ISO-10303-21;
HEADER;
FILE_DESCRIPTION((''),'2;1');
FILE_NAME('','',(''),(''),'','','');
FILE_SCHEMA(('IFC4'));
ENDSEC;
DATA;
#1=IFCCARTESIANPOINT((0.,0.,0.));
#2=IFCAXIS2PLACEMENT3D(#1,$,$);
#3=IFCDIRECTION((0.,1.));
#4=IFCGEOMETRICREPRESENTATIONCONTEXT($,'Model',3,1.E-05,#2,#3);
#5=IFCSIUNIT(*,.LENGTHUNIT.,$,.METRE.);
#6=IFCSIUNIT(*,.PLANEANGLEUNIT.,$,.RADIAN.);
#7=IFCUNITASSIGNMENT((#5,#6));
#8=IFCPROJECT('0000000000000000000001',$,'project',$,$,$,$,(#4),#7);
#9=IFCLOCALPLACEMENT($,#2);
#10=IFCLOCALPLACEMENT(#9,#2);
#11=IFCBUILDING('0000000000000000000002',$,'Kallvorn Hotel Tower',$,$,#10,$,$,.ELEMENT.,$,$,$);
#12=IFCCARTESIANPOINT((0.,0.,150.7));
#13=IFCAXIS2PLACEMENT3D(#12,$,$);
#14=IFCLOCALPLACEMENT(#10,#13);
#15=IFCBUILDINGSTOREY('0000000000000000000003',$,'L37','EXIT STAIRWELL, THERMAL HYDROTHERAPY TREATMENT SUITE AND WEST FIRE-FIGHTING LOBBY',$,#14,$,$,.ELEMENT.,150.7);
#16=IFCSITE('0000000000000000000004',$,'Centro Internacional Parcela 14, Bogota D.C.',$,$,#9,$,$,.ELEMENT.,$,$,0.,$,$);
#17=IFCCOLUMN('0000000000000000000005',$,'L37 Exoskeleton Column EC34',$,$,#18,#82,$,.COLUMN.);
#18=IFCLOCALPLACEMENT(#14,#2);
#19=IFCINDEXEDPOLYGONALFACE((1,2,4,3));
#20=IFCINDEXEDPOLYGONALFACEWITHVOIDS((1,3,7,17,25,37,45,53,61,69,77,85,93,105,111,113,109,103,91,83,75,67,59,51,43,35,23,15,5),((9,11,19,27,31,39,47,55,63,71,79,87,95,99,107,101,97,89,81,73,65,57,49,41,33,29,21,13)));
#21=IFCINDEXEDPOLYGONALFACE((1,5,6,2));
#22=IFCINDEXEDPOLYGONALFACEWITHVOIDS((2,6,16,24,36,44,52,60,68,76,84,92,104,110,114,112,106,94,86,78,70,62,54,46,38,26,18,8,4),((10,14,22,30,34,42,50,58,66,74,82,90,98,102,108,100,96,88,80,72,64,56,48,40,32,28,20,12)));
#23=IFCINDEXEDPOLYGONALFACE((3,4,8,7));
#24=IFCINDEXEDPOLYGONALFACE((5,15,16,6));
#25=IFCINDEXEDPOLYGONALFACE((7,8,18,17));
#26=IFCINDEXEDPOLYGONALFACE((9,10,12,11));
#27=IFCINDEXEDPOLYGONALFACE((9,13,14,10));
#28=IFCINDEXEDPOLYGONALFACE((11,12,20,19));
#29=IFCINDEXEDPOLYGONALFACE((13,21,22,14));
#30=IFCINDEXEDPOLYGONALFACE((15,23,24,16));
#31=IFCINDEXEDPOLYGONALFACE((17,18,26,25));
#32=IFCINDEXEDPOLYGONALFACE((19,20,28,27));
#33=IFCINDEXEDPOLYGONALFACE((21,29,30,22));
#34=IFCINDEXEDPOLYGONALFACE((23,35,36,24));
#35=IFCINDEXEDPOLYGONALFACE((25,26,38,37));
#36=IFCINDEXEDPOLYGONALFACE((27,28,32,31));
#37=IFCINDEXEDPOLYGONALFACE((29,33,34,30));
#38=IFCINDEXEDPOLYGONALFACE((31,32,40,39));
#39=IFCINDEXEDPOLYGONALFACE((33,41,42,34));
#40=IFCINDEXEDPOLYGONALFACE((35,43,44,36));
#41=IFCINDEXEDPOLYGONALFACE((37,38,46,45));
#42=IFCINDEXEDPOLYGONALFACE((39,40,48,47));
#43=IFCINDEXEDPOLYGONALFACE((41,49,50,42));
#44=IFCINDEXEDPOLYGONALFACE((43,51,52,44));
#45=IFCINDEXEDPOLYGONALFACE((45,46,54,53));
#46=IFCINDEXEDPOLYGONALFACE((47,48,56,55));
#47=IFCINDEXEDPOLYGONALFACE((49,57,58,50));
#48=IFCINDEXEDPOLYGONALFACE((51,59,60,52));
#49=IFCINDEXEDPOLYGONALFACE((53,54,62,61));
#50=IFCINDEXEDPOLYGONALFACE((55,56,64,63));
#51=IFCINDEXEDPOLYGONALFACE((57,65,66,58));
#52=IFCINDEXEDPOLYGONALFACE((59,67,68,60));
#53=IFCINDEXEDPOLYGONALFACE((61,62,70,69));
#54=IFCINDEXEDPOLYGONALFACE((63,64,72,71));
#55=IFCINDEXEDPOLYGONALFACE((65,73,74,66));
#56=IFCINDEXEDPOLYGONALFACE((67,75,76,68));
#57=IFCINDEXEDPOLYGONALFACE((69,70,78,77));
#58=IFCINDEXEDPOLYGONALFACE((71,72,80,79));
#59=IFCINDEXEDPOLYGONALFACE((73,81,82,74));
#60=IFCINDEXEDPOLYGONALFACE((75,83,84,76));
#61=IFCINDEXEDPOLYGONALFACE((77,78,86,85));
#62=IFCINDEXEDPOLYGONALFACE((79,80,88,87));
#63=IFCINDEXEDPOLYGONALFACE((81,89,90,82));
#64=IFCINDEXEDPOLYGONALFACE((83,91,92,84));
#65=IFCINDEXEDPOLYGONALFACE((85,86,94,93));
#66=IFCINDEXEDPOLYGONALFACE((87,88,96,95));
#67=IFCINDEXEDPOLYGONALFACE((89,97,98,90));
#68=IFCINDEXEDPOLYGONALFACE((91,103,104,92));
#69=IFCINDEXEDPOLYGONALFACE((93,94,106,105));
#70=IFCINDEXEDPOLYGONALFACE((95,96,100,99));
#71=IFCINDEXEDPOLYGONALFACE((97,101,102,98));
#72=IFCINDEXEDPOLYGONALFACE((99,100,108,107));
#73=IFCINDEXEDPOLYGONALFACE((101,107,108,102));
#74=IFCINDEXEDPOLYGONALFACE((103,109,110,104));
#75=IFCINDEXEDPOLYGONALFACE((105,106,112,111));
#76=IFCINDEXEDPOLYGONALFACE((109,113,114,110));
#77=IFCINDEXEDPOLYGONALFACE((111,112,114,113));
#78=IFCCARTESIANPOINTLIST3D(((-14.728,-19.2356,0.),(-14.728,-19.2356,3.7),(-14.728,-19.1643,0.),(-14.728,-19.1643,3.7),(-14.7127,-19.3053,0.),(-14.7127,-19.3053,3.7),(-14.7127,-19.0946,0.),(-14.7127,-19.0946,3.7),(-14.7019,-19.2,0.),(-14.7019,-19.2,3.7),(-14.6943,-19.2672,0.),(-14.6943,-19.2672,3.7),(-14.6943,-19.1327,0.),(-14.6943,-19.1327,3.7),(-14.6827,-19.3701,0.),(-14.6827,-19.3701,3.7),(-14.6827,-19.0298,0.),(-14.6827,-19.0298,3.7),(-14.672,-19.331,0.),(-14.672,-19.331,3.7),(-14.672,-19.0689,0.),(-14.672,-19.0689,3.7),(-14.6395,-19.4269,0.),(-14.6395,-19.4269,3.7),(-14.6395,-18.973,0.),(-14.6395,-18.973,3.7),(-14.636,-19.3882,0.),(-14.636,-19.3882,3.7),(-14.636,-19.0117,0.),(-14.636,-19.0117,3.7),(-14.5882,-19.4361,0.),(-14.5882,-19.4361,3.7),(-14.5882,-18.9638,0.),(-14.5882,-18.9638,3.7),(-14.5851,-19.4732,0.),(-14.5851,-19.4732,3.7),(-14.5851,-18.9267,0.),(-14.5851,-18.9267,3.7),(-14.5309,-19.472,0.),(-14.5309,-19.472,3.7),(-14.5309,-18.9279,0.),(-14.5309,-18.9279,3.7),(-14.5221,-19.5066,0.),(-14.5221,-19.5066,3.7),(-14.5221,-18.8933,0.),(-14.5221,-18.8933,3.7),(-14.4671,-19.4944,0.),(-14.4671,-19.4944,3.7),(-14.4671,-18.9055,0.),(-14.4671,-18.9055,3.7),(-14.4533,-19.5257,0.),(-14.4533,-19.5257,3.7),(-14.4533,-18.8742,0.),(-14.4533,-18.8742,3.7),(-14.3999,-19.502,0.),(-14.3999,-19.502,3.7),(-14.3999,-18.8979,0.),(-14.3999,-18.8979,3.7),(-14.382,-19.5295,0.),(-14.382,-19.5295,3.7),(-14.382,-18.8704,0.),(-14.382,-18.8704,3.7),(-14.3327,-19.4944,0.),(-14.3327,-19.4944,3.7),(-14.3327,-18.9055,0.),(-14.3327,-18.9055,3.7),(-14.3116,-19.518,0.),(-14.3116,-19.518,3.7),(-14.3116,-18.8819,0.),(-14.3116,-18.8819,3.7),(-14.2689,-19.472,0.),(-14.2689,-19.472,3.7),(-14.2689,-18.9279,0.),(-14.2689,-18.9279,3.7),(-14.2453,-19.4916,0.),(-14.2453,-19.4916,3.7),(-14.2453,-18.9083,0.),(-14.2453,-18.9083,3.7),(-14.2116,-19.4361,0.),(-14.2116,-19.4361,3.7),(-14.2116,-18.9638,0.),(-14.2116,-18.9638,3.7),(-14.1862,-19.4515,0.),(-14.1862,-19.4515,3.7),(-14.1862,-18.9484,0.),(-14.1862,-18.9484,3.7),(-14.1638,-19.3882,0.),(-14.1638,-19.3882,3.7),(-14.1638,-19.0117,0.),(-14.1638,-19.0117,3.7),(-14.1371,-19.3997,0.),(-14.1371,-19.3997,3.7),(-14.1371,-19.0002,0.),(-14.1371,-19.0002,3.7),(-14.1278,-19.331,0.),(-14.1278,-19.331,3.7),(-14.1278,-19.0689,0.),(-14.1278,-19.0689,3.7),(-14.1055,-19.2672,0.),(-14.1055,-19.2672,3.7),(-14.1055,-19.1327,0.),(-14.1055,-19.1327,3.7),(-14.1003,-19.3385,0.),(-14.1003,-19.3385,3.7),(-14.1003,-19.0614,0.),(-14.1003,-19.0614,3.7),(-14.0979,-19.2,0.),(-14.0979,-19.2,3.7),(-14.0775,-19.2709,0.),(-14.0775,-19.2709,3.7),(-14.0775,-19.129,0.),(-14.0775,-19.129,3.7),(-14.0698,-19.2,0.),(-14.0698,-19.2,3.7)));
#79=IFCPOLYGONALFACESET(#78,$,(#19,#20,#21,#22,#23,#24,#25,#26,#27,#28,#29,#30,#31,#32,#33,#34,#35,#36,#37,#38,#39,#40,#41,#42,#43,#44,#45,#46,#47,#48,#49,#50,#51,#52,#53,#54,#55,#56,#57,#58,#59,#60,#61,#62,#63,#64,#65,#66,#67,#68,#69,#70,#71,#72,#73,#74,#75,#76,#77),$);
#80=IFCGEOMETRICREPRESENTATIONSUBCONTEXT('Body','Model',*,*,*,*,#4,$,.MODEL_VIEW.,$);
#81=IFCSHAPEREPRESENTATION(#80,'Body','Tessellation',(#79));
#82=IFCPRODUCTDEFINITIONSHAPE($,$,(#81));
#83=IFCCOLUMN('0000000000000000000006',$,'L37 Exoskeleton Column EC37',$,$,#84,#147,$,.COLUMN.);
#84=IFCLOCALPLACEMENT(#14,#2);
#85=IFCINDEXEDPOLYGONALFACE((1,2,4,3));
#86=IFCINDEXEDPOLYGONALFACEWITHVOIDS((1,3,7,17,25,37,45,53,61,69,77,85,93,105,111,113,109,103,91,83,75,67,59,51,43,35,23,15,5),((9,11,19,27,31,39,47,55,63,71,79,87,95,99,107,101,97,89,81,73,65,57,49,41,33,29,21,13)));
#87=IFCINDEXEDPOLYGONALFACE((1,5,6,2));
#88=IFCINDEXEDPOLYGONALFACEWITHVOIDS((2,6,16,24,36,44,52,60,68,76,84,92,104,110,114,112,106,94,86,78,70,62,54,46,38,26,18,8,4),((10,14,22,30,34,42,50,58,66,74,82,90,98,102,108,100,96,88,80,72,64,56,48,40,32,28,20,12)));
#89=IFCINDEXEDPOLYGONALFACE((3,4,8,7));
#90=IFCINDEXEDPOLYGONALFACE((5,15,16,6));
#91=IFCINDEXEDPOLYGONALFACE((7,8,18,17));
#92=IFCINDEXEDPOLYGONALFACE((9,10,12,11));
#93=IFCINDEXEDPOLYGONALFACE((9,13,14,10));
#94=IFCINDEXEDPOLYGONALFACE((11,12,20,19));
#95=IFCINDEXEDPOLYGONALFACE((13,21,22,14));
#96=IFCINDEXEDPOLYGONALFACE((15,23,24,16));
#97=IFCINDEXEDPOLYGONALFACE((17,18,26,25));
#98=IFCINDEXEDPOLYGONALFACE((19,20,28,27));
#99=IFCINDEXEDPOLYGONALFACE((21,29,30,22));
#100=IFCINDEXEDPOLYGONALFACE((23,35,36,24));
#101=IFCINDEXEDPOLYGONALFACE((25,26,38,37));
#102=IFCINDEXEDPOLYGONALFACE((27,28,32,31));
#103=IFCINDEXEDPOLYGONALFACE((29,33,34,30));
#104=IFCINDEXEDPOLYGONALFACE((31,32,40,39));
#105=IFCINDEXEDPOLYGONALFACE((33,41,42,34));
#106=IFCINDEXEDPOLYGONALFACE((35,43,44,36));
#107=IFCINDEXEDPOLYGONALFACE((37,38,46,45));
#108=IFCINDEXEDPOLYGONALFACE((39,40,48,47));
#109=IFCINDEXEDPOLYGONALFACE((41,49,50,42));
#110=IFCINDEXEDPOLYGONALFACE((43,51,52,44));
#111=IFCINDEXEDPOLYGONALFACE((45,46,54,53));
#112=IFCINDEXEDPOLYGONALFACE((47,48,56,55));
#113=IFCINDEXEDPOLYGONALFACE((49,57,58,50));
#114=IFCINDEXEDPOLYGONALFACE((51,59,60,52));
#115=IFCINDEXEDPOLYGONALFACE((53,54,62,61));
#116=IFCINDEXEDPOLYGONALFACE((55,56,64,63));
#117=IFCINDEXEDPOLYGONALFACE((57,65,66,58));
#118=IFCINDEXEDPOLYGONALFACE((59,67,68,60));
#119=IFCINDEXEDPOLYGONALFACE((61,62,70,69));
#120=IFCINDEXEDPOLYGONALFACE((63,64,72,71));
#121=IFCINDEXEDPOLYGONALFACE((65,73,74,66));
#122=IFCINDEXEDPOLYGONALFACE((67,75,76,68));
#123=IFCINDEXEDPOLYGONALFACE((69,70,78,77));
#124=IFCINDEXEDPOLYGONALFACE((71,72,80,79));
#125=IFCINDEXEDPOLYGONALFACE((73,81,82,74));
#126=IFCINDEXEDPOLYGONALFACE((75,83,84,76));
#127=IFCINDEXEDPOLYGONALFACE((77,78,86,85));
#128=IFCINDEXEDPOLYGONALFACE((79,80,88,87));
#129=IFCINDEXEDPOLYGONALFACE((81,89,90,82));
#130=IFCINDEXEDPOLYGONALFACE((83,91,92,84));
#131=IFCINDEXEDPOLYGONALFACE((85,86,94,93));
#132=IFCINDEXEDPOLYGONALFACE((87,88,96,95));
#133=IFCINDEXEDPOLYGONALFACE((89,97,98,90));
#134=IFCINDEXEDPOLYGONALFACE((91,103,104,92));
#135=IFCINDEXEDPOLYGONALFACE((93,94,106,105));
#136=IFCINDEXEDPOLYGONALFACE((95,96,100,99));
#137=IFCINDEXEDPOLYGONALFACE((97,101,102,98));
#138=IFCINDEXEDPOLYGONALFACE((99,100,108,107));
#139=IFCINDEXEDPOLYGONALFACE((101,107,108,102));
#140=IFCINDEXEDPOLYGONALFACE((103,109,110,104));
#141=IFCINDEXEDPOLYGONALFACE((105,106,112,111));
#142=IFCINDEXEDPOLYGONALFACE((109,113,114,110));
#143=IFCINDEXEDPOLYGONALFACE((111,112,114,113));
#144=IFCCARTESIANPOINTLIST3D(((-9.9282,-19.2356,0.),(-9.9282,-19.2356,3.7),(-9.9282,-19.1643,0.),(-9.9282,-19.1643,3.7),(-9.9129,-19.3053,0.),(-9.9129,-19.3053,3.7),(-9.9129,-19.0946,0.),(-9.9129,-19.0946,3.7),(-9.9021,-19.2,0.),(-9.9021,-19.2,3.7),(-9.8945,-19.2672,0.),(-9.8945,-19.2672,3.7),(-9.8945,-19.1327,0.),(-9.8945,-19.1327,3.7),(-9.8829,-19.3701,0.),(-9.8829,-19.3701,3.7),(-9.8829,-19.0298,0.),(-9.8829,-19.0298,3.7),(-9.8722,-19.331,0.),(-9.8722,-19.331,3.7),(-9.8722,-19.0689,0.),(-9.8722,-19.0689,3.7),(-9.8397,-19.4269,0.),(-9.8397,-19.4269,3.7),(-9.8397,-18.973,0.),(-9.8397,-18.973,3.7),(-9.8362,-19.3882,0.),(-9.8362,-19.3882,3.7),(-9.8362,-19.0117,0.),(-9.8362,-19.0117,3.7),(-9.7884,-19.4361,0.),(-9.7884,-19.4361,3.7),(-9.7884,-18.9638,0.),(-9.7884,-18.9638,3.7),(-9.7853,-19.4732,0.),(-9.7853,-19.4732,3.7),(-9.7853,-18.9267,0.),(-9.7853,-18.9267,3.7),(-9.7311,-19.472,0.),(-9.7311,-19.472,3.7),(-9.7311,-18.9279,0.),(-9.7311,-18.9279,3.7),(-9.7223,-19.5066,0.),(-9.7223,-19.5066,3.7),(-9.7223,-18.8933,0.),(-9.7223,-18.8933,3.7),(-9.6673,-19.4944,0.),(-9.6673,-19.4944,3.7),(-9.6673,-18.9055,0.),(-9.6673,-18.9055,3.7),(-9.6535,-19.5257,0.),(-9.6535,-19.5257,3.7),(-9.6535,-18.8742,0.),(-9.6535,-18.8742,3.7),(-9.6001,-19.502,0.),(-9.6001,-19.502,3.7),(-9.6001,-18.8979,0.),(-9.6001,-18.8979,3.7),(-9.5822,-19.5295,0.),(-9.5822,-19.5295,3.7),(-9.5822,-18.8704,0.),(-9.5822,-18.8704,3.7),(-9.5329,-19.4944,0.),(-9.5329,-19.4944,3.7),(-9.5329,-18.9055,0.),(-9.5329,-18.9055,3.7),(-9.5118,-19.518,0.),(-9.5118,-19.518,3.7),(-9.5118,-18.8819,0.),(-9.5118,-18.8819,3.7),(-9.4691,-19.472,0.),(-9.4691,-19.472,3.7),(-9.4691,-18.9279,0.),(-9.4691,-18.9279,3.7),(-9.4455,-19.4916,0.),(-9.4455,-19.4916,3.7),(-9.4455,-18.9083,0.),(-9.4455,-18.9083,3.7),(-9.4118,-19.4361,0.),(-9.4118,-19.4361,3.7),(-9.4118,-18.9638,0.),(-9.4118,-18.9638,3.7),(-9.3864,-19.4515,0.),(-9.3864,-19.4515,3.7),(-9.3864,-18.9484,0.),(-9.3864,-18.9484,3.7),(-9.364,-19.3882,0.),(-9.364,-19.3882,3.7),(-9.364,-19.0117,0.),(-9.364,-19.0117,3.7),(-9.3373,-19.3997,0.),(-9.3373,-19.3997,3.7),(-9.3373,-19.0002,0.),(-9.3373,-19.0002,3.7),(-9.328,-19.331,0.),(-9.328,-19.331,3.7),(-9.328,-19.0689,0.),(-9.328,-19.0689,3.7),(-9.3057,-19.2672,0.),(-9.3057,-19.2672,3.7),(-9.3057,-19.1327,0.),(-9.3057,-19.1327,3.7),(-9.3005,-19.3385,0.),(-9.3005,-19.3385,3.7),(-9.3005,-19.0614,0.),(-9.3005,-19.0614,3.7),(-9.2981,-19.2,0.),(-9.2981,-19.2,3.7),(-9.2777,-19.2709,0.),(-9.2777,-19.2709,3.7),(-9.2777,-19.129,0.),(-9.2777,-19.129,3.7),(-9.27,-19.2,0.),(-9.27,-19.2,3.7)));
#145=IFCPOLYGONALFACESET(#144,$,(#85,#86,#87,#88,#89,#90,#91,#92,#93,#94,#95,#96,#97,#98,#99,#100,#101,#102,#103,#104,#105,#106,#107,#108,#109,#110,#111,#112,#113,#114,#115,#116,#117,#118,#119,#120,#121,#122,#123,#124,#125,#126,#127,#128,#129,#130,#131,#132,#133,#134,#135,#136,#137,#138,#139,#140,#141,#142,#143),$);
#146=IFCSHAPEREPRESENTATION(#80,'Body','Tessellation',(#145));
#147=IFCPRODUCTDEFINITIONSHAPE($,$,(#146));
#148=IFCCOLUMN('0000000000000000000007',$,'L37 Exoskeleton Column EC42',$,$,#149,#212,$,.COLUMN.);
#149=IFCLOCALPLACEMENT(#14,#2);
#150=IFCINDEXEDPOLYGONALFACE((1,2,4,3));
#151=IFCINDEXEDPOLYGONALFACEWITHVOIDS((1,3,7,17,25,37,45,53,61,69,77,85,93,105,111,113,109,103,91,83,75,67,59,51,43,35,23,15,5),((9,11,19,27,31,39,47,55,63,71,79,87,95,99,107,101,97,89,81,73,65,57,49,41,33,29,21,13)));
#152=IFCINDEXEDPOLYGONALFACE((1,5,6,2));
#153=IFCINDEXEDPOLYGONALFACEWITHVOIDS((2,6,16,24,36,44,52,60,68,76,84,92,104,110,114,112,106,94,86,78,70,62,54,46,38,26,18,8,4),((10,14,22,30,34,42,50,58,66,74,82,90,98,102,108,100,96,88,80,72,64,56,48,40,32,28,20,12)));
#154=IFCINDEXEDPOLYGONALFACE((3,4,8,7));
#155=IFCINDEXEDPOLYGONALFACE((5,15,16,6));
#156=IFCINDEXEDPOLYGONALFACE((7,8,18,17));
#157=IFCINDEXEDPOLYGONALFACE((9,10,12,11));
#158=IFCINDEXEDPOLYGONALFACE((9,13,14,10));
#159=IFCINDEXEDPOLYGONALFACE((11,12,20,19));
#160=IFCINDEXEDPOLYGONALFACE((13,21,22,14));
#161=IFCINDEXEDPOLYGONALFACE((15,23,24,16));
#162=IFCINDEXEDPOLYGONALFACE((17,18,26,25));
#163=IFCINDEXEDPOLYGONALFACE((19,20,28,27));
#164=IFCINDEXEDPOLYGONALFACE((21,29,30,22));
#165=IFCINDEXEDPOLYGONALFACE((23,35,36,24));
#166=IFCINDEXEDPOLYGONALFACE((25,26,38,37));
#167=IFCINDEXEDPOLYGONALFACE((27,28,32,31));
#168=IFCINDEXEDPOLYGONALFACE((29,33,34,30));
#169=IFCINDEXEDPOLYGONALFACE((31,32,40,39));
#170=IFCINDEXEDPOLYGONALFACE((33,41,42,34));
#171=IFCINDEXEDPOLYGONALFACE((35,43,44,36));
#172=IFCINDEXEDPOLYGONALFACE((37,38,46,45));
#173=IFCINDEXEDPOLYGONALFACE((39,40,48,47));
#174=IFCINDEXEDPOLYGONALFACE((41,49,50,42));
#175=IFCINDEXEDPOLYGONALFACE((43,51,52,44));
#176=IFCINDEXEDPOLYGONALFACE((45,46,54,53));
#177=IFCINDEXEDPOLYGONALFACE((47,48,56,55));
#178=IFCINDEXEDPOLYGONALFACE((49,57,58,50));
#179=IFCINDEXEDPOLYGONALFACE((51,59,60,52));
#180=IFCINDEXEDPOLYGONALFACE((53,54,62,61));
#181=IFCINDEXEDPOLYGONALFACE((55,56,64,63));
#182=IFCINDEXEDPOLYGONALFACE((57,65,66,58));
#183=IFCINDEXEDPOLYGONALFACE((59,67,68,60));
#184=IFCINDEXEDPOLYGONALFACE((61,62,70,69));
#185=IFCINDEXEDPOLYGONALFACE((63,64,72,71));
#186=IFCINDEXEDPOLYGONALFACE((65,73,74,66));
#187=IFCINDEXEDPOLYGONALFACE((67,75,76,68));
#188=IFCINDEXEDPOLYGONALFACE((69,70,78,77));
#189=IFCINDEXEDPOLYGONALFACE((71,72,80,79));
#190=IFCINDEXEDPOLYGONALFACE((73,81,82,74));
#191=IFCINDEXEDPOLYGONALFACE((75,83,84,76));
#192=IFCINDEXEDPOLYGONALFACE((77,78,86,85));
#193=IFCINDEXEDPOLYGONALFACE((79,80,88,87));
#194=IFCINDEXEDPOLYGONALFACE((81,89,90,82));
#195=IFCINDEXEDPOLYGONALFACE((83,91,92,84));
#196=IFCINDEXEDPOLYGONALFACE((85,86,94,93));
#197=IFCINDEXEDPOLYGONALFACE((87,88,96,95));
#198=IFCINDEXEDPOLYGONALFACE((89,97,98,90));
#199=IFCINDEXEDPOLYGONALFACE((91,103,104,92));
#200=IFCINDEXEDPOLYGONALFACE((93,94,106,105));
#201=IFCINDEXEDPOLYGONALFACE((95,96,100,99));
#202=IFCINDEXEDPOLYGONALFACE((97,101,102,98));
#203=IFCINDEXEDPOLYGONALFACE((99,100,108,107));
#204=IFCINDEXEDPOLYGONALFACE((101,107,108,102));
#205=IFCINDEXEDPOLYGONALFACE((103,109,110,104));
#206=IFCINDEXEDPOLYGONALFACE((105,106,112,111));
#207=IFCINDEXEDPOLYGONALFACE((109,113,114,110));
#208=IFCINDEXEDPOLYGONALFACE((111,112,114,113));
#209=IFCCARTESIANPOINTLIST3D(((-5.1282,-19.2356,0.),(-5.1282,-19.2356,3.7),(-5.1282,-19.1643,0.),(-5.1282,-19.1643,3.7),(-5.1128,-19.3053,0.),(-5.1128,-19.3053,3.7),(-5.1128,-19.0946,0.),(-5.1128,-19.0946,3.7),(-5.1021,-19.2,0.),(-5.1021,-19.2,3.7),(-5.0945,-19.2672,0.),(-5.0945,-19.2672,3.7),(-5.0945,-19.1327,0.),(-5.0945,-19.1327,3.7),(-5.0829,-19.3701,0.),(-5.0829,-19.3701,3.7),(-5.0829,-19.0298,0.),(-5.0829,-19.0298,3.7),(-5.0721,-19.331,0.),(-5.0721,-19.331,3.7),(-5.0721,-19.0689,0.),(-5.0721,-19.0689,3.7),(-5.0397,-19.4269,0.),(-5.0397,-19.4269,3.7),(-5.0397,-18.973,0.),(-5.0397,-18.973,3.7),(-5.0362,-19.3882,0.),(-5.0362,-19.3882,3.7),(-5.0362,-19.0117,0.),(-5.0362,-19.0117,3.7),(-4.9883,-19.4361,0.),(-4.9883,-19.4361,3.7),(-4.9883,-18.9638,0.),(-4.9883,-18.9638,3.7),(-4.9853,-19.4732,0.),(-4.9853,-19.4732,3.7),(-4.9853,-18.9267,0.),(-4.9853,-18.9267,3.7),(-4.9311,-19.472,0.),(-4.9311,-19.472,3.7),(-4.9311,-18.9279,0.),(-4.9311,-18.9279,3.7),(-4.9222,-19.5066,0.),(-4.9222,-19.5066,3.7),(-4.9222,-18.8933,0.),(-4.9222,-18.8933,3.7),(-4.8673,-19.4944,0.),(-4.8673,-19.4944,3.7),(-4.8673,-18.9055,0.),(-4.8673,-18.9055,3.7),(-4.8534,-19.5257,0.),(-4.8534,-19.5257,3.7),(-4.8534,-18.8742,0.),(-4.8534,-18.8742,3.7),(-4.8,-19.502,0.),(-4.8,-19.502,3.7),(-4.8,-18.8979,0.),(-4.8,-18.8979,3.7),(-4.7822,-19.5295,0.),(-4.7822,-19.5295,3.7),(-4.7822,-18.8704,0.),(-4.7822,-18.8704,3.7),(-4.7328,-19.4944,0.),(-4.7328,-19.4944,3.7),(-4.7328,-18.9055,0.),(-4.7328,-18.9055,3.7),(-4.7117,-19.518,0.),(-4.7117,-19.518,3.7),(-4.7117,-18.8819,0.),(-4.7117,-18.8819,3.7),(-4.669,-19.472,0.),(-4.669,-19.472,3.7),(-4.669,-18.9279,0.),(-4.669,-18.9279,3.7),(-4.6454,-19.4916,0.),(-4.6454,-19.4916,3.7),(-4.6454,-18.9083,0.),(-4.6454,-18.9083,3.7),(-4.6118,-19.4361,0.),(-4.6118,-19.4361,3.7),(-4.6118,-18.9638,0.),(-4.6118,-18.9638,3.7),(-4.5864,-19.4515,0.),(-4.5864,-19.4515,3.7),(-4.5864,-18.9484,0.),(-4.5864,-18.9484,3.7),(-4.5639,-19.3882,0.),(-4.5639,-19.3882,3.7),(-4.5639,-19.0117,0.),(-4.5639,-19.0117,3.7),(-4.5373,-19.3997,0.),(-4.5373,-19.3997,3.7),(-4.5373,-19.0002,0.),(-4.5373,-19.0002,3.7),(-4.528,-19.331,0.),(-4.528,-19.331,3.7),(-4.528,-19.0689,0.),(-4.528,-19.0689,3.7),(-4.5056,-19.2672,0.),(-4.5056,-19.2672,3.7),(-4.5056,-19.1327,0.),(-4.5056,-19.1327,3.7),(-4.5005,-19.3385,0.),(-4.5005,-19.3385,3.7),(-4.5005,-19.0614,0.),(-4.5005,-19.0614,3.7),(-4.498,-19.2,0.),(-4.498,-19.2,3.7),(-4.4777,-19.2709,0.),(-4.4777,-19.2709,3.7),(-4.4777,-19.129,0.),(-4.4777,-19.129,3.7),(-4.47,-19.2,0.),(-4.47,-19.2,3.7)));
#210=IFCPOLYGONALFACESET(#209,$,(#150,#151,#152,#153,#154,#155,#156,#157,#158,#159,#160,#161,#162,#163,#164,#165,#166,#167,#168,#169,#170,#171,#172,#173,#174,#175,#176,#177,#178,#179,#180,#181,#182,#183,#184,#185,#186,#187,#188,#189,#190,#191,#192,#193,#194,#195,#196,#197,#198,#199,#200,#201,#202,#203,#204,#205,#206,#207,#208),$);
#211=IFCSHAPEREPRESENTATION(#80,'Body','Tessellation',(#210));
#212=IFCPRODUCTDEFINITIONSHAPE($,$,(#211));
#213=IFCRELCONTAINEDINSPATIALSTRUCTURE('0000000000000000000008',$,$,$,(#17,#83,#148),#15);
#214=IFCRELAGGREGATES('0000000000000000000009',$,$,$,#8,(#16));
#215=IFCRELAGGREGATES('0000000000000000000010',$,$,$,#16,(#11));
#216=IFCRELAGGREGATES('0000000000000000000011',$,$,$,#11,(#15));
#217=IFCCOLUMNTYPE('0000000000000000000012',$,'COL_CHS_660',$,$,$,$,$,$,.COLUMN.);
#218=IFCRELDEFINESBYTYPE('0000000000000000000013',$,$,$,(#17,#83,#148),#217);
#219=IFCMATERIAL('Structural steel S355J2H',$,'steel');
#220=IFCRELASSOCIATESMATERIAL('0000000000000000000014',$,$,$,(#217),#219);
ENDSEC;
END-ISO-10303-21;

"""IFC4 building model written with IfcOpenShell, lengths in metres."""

from ifc_helpers import new_model, si_unit, direction, frame, origin, origin_2d, place, context, subcontext, project, spatial, hollow_circle, extrude, material, material_profile, profile_set, type_object, element, save


model = new_model("IFC4")

# Units and contexts
model_context = context("Model", 3, precision=1e-05, world=origin(), true_north=direction((0.0, 1.0)))
body_context = subcontext(model_context, "Body", "Model", "MODEL_VIEW")
ifc_project = project(units=[si_unit("LENGTHUNIT", "METRE"), si_unit("PLANEANGLEUNIT", "RADIAN")], contexts=[model_context])

# Site, building, storey
site_placement = place(None, origin())
site = spatial("IfcSite", under=ifc_project, at=site_placement, Name="Centro Internacional Parcela 14, Bogota D.C.", CompositionType="ELEMENT", RefElevation=0.0)
building_placement = place(site_placement, origin())
building = spatial("IfcBuilding", under=site, at=building_placement, Name="Kallvorn Hotel Tower", CompositionType="ELEMENT")
storey_placement = place(building_placement, frame((0.0, 0.0, 150.7)))
storey = spatial("IfcBuildingStorey", under=building, at=storey_placement, Name="L37", Description="EXIT STAIRWELL, THERMAL HYDROTHERAPY TREATMENT SUITE AND WEST FIRE-FIGHTING LOBBY", CompositionType="ELEMENT", Elevation=150.7)

# Columns
ifc_material_1 = material(Name="Structural steel S355J2H", Category="steel")
ifc_material_profile_1 = material_profile(ifc_material_1, hollow_circle(Radius=0.3301, WallThickness=0.0281, at=origin_2d()), Name="CHS 660x28")
ifc_profile_set_1 = profile_set([ifc_material_profile_1], Name="Structural steel S355J2H")
column_type_1 = type_object("IfcColumnType", Name="COL_CHS_660", PredefinedType="COLUMN", material=ifc_profile_set_1)
for number, where, z_axis, x_axis, name in (
    (1, (-14.3999, -19.2, 0.0), (0.0, 0.0, 1.0), (1.0, 0.0, 0.0), "L37 Exoskeleton Column EC34"),
    (2, (-9.6001, -19.2, 0.0), (0.0, 0.0, 1.0), (1.0, 0.0, 0.0), "L37 Exoskeleton Column EC37"),
    (3, (-4.8, -19.2, 0.0), (0.0, 0.0, 1.0), (1.0, 0.0, 0.0), "L37 Exoskeleton Column EC42"),
):
    element("IfcColumn", number, at=place(storey_placement, frame(where, z_axis=z_axis, x_axis=x_axis)), inside=storey, type_object=column_type_1, Name=name, PredefinedType="COLUMN", context=body_context, shape_type="SweptSolid", body=[
        extrude(hollow_circle(Radius=0.3301, WallThickness=0.0281, at=origin_2d()), origin(), (0.0, 0.0, 1.0), 3.7),
    ])

save(model, "model.ifc")
